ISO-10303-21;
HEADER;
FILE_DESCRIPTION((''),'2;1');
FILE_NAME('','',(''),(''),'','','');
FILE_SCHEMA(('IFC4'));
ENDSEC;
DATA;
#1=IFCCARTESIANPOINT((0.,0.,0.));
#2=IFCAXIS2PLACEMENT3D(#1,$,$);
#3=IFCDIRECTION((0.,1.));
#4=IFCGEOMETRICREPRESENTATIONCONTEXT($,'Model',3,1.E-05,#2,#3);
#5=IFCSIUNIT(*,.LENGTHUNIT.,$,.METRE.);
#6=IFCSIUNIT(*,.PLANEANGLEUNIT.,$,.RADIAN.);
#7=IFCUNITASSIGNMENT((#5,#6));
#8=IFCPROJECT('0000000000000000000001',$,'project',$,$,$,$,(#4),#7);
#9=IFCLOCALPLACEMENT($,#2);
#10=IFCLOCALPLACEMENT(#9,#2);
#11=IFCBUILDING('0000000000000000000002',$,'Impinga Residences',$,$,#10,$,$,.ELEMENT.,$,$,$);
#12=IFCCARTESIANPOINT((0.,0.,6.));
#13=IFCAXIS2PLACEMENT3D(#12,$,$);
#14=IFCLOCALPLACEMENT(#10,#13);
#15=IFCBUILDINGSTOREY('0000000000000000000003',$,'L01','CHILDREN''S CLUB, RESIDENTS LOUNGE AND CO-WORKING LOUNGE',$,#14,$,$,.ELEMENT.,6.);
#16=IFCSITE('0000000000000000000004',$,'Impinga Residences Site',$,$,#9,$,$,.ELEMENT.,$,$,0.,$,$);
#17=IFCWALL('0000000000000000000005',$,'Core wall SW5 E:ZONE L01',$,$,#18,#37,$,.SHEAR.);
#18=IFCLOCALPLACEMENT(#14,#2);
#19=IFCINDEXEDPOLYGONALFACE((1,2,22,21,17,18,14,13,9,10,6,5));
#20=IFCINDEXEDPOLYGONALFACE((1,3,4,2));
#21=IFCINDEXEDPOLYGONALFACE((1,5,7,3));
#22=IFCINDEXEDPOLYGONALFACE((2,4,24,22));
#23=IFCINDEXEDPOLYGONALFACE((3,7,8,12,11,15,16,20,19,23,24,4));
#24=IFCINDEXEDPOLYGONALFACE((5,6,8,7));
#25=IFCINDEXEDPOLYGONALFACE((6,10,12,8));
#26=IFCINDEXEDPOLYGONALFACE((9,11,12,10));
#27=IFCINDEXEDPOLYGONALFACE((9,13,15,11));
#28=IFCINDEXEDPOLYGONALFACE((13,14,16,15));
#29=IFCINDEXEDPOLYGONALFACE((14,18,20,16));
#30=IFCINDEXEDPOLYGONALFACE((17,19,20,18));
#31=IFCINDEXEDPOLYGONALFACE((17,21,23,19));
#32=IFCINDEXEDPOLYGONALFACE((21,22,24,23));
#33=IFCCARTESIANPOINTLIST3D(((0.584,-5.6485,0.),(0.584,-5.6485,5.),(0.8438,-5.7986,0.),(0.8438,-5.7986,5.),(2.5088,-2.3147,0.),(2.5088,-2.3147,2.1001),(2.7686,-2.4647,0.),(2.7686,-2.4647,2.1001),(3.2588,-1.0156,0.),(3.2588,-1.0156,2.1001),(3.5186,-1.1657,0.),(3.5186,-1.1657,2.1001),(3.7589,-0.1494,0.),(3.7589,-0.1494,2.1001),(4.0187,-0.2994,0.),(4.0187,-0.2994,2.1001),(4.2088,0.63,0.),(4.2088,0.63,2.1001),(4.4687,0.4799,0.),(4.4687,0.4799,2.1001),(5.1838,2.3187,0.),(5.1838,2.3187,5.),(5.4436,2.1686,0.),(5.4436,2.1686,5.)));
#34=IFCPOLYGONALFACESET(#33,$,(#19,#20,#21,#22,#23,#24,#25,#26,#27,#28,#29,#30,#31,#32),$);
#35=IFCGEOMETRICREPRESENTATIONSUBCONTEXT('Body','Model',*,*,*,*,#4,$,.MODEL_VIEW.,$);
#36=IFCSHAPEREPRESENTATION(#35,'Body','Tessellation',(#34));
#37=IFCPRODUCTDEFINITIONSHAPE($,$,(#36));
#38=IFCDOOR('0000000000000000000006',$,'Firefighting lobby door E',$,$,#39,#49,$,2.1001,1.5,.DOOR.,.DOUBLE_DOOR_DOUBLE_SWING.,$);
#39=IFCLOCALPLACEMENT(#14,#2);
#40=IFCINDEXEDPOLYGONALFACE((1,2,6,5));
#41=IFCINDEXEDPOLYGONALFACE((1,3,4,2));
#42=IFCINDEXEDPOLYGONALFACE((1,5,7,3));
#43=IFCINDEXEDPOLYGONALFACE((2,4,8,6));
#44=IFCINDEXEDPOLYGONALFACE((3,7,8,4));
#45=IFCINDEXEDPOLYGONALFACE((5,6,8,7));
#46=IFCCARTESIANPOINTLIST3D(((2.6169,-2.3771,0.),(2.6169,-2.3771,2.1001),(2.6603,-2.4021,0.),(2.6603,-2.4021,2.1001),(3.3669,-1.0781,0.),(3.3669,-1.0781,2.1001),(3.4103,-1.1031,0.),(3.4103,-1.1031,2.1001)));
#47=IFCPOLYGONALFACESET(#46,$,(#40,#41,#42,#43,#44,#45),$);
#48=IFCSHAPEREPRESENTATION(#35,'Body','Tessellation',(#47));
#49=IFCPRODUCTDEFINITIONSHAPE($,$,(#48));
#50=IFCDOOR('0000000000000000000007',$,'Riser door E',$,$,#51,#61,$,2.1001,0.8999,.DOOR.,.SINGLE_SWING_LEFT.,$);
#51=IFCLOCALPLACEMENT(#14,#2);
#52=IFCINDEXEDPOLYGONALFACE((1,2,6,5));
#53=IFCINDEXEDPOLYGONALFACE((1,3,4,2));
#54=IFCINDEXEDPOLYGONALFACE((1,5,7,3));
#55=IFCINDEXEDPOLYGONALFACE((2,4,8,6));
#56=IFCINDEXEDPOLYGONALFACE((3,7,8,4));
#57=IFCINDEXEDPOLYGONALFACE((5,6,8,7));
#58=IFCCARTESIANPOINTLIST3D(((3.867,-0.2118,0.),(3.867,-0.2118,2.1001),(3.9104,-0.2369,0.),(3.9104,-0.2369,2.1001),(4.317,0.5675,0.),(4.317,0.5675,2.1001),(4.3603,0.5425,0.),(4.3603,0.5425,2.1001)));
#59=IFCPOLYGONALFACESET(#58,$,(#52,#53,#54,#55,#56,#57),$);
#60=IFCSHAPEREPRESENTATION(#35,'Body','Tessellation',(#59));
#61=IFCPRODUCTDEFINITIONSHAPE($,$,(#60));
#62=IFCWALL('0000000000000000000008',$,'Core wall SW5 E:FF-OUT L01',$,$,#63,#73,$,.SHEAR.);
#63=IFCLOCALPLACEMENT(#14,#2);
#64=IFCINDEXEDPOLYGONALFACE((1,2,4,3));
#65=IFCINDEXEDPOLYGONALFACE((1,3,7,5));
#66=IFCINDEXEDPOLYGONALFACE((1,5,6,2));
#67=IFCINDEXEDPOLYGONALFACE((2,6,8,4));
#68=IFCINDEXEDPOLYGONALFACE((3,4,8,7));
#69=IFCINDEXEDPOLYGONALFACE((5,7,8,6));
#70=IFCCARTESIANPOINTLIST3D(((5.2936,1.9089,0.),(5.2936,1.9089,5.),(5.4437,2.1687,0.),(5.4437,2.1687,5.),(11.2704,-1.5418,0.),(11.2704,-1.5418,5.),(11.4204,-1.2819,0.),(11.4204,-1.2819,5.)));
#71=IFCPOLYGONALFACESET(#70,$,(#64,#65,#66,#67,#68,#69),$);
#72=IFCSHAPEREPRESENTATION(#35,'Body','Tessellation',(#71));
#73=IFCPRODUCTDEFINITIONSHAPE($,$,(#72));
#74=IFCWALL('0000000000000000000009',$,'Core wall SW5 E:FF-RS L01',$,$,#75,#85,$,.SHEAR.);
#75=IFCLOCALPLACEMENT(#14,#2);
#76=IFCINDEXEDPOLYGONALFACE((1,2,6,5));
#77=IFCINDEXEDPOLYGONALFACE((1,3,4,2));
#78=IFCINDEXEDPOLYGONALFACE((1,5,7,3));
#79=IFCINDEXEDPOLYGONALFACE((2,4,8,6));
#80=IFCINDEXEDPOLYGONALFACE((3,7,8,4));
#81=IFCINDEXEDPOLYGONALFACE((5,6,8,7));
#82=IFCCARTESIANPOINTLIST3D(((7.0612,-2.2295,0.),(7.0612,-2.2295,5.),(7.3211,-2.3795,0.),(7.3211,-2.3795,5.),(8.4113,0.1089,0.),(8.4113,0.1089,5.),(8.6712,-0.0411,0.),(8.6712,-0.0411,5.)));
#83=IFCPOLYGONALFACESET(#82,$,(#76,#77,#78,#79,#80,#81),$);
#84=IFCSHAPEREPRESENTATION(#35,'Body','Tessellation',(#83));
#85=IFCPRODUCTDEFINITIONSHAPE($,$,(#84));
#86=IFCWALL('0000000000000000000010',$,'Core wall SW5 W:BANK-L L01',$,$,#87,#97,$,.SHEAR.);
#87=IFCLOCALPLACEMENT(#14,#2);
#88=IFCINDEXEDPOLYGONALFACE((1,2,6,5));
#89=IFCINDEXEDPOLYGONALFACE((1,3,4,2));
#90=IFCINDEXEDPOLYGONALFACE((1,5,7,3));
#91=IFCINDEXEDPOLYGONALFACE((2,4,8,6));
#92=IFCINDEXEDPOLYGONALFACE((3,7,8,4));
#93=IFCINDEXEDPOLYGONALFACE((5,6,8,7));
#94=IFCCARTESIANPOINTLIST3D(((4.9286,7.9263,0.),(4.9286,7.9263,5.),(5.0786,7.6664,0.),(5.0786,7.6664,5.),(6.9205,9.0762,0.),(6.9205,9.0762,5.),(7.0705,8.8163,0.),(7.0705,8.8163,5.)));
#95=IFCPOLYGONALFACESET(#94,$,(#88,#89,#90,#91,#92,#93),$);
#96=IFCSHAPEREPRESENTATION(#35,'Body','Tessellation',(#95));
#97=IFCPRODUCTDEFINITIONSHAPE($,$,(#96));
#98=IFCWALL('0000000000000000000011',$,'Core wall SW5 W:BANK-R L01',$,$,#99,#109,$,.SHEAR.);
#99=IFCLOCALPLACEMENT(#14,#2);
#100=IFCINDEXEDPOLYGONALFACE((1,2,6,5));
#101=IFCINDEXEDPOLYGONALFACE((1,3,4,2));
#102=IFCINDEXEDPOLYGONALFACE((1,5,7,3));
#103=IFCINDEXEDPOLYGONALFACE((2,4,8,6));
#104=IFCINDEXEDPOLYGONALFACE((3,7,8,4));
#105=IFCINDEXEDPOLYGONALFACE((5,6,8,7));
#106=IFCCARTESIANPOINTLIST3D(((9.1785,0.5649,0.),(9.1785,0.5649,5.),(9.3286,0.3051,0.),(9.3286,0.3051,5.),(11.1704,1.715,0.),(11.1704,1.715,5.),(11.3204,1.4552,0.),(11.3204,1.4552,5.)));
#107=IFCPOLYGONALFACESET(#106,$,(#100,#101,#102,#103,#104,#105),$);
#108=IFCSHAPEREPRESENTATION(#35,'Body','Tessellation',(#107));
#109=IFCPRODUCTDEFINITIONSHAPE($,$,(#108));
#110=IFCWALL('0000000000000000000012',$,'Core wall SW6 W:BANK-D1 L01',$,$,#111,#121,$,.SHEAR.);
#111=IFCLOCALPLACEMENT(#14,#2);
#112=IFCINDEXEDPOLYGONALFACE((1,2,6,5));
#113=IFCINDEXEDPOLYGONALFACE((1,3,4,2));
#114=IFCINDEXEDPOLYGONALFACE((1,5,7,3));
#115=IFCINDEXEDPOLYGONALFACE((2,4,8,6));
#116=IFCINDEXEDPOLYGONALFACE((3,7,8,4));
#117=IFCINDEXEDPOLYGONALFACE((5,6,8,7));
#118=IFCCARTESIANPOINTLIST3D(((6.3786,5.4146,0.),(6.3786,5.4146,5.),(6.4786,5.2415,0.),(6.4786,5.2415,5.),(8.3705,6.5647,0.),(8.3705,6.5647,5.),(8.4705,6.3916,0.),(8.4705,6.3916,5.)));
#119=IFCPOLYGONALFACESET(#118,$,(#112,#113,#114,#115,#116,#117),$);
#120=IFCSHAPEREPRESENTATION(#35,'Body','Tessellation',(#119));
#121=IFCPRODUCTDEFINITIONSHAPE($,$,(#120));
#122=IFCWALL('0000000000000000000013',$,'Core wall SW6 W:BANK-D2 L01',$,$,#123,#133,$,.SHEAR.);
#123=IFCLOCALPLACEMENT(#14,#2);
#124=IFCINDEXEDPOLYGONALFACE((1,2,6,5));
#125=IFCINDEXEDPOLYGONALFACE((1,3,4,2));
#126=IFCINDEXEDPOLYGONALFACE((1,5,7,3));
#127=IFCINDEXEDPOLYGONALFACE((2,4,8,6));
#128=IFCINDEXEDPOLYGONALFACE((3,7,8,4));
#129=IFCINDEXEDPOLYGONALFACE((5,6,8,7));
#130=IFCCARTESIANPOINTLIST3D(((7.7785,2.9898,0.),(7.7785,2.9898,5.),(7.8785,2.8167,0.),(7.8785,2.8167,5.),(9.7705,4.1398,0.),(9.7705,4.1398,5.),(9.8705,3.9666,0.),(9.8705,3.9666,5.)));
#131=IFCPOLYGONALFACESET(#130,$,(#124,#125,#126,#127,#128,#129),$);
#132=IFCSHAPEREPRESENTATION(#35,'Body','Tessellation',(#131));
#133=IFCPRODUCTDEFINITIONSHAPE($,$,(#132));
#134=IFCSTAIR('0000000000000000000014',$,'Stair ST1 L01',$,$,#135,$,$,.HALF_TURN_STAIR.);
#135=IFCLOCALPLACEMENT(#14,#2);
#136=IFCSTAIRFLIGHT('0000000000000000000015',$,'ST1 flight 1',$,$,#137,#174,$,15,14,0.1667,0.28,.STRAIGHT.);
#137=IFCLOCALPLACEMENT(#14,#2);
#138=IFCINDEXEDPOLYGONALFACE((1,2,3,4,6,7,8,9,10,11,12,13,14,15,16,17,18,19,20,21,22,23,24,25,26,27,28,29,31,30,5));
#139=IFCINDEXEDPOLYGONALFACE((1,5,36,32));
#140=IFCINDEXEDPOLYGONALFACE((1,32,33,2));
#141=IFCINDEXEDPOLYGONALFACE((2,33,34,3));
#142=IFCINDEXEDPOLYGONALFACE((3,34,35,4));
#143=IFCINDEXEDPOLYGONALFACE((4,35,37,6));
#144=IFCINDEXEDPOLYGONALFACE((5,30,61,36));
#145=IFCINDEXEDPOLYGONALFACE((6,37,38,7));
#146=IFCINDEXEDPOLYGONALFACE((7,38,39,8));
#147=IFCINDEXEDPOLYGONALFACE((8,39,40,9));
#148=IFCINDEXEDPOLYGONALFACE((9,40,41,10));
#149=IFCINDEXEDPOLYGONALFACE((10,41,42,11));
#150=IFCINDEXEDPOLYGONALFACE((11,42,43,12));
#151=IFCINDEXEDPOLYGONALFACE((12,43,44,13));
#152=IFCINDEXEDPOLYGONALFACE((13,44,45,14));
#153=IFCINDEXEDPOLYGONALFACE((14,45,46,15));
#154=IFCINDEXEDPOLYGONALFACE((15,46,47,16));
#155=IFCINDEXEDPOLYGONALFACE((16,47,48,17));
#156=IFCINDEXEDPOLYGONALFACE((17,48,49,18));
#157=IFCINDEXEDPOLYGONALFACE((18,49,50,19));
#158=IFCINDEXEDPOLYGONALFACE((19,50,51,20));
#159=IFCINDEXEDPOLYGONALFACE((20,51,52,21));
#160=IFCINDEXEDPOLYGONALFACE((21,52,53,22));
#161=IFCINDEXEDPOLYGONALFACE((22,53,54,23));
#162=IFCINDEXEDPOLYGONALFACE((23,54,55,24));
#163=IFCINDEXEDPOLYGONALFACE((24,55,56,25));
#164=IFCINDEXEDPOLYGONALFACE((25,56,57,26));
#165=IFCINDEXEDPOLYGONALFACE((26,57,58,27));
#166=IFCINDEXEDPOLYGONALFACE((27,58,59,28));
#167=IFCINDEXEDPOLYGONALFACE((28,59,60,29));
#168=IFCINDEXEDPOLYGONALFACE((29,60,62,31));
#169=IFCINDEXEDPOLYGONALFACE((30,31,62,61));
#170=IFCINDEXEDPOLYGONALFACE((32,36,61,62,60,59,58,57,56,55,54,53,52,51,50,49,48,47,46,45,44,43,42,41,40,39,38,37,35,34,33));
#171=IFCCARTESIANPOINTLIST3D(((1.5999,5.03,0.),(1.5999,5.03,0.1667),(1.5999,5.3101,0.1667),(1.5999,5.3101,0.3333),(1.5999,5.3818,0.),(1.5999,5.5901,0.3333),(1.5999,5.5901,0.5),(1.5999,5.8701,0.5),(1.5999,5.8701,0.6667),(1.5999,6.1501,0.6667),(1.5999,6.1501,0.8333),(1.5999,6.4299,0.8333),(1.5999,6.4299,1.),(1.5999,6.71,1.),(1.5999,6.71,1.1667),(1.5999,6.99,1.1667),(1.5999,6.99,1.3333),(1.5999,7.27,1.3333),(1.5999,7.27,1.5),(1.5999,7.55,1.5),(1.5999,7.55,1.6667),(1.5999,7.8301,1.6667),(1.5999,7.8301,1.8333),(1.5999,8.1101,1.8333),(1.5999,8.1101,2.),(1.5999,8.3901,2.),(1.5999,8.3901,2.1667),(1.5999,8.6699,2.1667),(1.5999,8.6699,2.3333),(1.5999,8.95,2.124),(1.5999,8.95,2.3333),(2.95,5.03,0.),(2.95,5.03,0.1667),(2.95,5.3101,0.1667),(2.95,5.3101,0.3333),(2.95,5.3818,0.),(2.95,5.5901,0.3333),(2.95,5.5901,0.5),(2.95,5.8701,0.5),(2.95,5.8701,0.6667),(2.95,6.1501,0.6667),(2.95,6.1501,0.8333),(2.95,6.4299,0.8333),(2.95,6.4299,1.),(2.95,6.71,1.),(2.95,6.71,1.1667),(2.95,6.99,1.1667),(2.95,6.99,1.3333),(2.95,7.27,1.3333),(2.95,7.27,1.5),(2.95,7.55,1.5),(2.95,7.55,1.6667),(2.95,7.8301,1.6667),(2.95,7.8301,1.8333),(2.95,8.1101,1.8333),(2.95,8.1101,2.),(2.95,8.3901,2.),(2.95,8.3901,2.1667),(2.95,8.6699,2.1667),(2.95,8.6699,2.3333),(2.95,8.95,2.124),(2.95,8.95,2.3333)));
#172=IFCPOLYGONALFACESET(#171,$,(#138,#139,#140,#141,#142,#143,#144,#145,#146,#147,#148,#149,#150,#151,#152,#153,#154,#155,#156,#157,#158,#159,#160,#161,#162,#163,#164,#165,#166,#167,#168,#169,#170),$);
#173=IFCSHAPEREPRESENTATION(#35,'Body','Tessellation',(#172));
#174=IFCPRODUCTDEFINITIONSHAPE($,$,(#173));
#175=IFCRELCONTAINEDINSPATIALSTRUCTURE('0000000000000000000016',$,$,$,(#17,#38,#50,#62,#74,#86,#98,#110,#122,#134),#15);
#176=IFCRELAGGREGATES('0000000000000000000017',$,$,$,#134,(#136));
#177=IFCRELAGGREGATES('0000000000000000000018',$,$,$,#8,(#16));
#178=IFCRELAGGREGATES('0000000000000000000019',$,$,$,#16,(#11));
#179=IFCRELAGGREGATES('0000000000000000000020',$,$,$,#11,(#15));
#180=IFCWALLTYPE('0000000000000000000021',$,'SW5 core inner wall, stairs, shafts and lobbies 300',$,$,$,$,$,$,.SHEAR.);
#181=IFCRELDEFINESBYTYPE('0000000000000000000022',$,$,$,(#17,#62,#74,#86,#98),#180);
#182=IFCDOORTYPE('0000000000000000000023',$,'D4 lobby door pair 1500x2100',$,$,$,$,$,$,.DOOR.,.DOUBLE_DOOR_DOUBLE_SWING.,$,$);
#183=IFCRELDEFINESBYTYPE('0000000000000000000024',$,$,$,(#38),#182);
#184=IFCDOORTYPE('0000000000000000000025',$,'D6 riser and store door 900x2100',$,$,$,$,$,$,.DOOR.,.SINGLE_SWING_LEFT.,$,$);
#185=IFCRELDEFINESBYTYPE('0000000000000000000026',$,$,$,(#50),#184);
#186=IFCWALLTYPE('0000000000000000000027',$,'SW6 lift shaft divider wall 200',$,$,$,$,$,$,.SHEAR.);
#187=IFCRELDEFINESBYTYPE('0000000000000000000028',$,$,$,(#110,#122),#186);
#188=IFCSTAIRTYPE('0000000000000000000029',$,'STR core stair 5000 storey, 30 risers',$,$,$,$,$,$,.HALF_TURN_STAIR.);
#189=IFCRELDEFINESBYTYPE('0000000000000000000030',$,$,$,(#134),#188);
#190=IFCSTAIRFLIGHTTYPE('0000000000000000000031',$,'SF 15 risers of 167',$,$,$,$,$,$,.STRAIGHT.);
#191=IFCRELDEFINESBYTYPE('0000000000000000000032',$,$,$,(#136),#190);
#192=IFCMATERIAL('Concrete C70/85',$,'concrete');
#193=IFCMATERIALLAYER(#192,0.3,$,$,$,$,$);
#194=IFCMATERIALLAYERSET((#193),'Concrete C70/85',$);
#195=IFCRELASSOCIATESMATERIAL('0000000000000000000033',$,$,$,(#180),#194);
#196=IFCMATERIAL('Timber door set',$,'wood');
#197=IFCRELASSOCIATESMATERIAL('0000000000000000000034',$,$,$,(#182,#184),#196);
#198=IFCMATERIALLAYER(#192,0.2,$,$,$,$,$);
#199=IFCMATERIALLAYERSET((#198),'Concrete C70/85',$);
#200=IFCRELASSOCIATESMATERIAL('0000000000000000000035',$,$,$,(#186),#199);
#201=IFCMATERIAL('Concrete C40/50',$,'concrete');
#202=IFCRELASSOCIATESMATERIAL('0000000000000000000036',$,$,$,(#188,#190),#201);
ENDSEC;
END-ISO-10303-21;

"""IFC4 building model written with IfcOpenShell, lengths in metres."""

from ifc_helpers import new_model, si_unit, direction, frame, frame_2d, origin, place, context, subcontext, project, spatial, polyline, rectangle, outline, extrude, material, layer, layer_set, type_object, element, fill, aggregate, save


model = new_model("IFC4")

# Units and contexts
model_context = context("Model", 3, precision=1e-05, world=origin(), true_north=direction((0.0, 1.0)))
body_context = subcontext(model_context, "Body", "Model", "MODEL_VIEW")
ifc_project = project(units=[si_unit("LENGTHUNIT", "METRE"), si_unit("PLANEANGLEUNIT", "RADIAN")], contexts=[model_context])

# Site, building, storey
site_placement = place(None, origin())
site = spatial("IfcSite", under=ifc_project, at=site_placement, Name="Impinga Residences Site", CompositionType="ELEMENT", RefElevation=0.0)
building_placement = place(site_placement, origin())
building = spatial("IfcBuilding", under=site, at=building_placement, Name="Impinga Residences", CompositionType="ELEMENT")
storey_placement = place(building_placement, frame((0.0, 0.0, 6.0)))
storey = spatial("IfcBuildingStorey", under=building, at=storey_placement, Name="L01", Description="CHILDREN'S CLUB, RESIDENTS LOUNGE AND CO-WORKING LOUNGE", CompositionType="ELEMENT", Elevation=6.0)

# Shared definitions
ifc_material_1 = material(Name="Concrete C40/50", Category="concrete")

# Shared definitions
ifc_material_2 = material(Name="Timber door set", Category="wood")
ifc_material_3 = material(Name="Concrete C70/85", Category="concrete")
ifc_layer_1 = layer(ifc_material_3, 0.3)
ifc_layer_set_1 = layer_set([ifc_layer_1], Name="Concrete C70/85")
wall_type_1 = type_object("IfcWallType", Name="SW5 core inner wall, stairs, shafts and lobbies 300", PredefinedType="SHEAR", material=ifc_layer_set_1)

# Wall, openings, doors
wall_1_placement = place(storey_placement, frame((5.3137, 2.2437, 0.0), z_axis=(0.0, 0.0, 1.0), x_axis=(-0.499995, -0.866028, 0.0)))
wall_1 = element("IfcWall", 1, at=wall_1_placement, inside=storey, type_object=wall_type_1, Name="Core wall SW5 E:ZONE L01", PredefinedType="SHEAR", context=body_context, shape_type="SweptSolid", body=[
    extrude(rectangle(XDim=9.1997, YDim=0.3, at=frame_2d((4.5999, 0.0))), origin(), (0.0, 0.0, 1.0), 5.0),
])
opening_1_placement = place(wall_1_placement, frame((3.8501, 0.0, 0.0)))
opening_1 = element("IfcOpeningElement", 2, at=opening_1_placement, cuts=wall_1, PredefinedType="OPENING", context=body_context, shape_type="SweptSolid", body=[
    extrude(rectangle(XDim=1.5, YDim=2.1001, at=frame_2d((0.75, 1.05))), frame((0.0, 0.1599, 0.0), z_axis=(0.0, -1.0, 0.0), x_axis=(1.0, 0.0, 0.0)), (0.0, 0.0, 1.0), 0.3201),
])
opening_2_placement = place(wall_1_placement, frame((1.95, 0.0, 0.0)))
opening_2 = element("IfcOpeningElement", 3, at=opening_2_placement, cuts=wall_1, PredefinedType="OPENING", context=body_context, shape_type="SweptSolid", body=[
    extrude(rectangle(XDim=0.8999, YDim=2.1001, at=frame_2d((0.45, 1.05))), frame((0.0, 0.1599, 0.0), z_axis=(0.0, -1.0, 0.0), x_axis=(1.0, 0.0, 0.0)), (0.0, 0.0, 1.0), 0.3201),
])
door_type_1 = type_object("IfcDoorType", Name="D4 lobby door pair 1500x2100", OperationType="DOUBLE_DOOR_DOUBLE_SWING", PredefinedType="DOOR", material=ifc_material_2)
door_1_placement = place(opening_1_placement, origin())
door_1 = element("IfcDoor", 4, at=door_1_placement, inside=storey, type_object=door_type_1, Name="Firefighting lobby door E", OperationType="DOUBLE_DOOR_DOUBLE_SWING", OverallHeight=2.1001, OverallWidth=1.5, PredefinedType="DOOR", context=body_context, shape_type="SweptSolid", body=[
    extrude(rectangle(XDim=1.5, YDim=2.1001, at=frame_2d((0.75, 1.05))), frame((0.0, 0.0249, 0.0), z_axis=(0.0, -1.0, 0.0), x_axis=(1.0, 0.0, 0.0)), (0.0, 0.0, 1.0), 0.05),
])
fill(opening_1, door_1)
door_type_2 = type_object("IfcDoorType", Name="D6 riser and store door 900x2100", OperationType="SINGLE_SWING_LEFT", PredefinedType="DOOR", material=ifc_material_2)
door_2_placement = place(opening_2_placement, origin())
door_2 = element("IfcDoor", 5, at=door_2_placement, inside=storey, type_object=door_type_2, Name="Riser door E", OperationType="SINGLE_SWING_LEFT", OverallHeight=2.1001, OverallWidth=0.8999, PredefinedType="DOOR", context=body_context, shape_type="SweptSolid", body=[
    extrude(rectangle(XDim=0.8999, YDim=2.1001, at=frame_2d((0.45, 1.05))), frame((0.0, 0.0249, 0.0), z_axis=(0.0, -1.0, 0.0), x_axis=(1.0, 0.0, 0.0)), (0.0, 0.0, 1.0), 0.05),
])
fill(opening_2, door_2)

# Walls
wall_2_placement = place(storey_placement, frame((5.3687, 2.0388, 0.0), z_axis=(0.0, 0.0, 1.0), x_axis=(0.866027, -0.499997, 0.0)))
element("IfcWall", 6, at=wall_2_placement, inside=storey, type_object=wall_type_1, Name="Core wall SW5 E:FF-OUT L01", PredefinedType="SHEAR", context=body_context, shape_type="SweptSolid", body=[
    extrude(rectangle(XDim=6.9014, YDim=0.3, at=frame_2d((3.4507, 0.0))), origin(), (0.0, 0.0, 1.0), 5.0),
])
wall_3_placement = place(storey_placement, frame((8.5413, 0.0339, 0.0), z_axis=(0.0, 0.0, 1.0), x_axis=(-0.500009, -0.86602, 0.0)))
element("IfcWall", 7, at=wall_3_placement, inside=storey, type_object=wall_type_1, Name="Core wall SW5 E:FF-RS L01", PredefinedType="SHEAR", context=body_context, shape_type="SweptSolid", body=[
    extrude(rectangle(XDim=2.7002, YDim=0.3, at=frame_2d((1.3501, 0.0))), origin(), (0.0, 0.0, 1.0), 5.0),
])
for number, where, z_axis, x_axis, name in (
    (8, (5.0037, 7.7964, 0.0), (0.0, 0.0, 1.0), (0.866053, 0.499952, 0.0), "Core wall SW5 W:BANK-L L01"),
    (9, (9.2537, 0.4351, 0.0), (0.0, 0.0, 1.0), (0.866007, 0.500032, 0.0), "Core wall SW5 W:BANK-R L01"),
):
    element("IfcWall", number, at=place(storey_placement, frame(where, z_axis=z_axis, x_axis=x_axis)), inside=storey, type_object=wall_type_1, Name=name, PredefinedType="SHEAR", context=body_context, shape_type="SweptSolid", body=[
        extrude(rectangle(XDim=2.3, YDim=0.3, at=frame_2d((1.1499, 0.0))), origin(), (0.0, 0.0, 1.0), 5.0),
    ])
ifc_layer_2 = layer(ifc_material_3, 0.2)
ifc_layer_set_2 = layer_set([ifc_layer_2], Name="Concrete C70/85")
wall_type_2 = type_object("IfcWallType", Name="SW6 lift shaft divider wall 200", PredefinedType="SHEAR", material=ifc_layer_set_2)
for number, where, z_axis, x_axis, name in (
    (10, (6.4287, 5.3281, 0.0), (0.0, 0.0, 1.0), (0.866007, 0.500032, 0.0), "Core wall SW6 W:BANK-D1 L01"),
    (11, (7.8286, 2.9033, 0.0), (0.0, 0.0, 1.0), (0.866053, 0.499952, 0.0), "Core wall SW6 W:BANK-D2 L01"),
):
    element("IfcWall", number, at=place(storey_placement, frame(where, z_axis=z_axis, x_axis=x_axis)), inside=storey, type_object=wall_type_2, Name=name, PredefinedType="SHEAR", context=body_context, shape_type="SweptSolid", body=[
        extrude(rectangle(XDim=2.3, YDim=0.2, at=frame_2d((1.1499, 0.0))), origin(), (0.0, 0.0, 1.0), 5.0),
    ])

# Stair, stair flight
stair_type_1 = type_object("IfcStairType", Name="STR core stair 5000 storey, 30 risers", PredefinedType="HALF_TURN_STAIR", material=ifc_material_1)
stair_1_placement = place(storey_placement, origin())
stair_1 = element("IfcStair", 12, at=stair_1_placement, inside=storey, type_object=stair_type_1, Name="Stair ST1 L01", PredefinedType="HALF_TURN_STAIR")
stair_flight_type = type_object("IfcStairFlightType", Name="SF 15 risers of 167", PredefinedType="STRAIGHT", material=ifc_material_1)
stair_flight_placement = place(storey_placement, frame((2.2749, 5.03, 0.0), z_axis=(0.0, 0.0, 1.0), x_axis=(0.0, 1.0, 0.0)))
stair_flight = element("IfcStairFlight", 13, at=stair_flight_placement, type_object=stair_flight_type, Name="ST1 flight 1", NumberOfRisers=15, NumberOfTreads=14, PredefinedType="STRAIGHT", RiserHeight=0.1667, TreadLength=0.28, context=body_context, shape_type="SweptSolid", body=[
    extrude(outline(polyline([(0.0, 0.0), (0.0, 0.1667), (0.28, 0.1667), (0.28, 0.3333), (0.5601, 0.3333), (0.5601, 0.5), (0.8401, 0.5), (0.8401, 0.6667), (1.1201, 0.6667), (1.1201, 0.8333), (1.3999, 0.8333), (1.3999, 1.0), (1.6799, 1.0), (1.6799, 1.1667), (1.96, 1.1667), (1.96, 1.3333), (2.24, 1.3333), (2.24, 1.5), (2.52, 1.5), (2.52, 1.6667), (2.8, 1.6667), (2.8, 1.8333), (3.0801, 1.8333), (3.0801, 2.0), (3.3601, 2.0), (3.3601, 2.1667), (3.6399, 2.1667), (3.6399, 2.3333), (3.9199, 2.3333), (3.9199, 2.5), (3.9199, 2.124), (0.3518, 0.0), (0.0, 0.0)])), frame((0.0, 0.675, 0.0), z_axis=(0.0, -1.0, 0.0), x_axis=(1.0, 0.0, 0.0)), (0.0, 0.0, 1.0), 1.3501),
])
aggregate(stair_1, [stair_flight])

save(model, "model.ifc")
